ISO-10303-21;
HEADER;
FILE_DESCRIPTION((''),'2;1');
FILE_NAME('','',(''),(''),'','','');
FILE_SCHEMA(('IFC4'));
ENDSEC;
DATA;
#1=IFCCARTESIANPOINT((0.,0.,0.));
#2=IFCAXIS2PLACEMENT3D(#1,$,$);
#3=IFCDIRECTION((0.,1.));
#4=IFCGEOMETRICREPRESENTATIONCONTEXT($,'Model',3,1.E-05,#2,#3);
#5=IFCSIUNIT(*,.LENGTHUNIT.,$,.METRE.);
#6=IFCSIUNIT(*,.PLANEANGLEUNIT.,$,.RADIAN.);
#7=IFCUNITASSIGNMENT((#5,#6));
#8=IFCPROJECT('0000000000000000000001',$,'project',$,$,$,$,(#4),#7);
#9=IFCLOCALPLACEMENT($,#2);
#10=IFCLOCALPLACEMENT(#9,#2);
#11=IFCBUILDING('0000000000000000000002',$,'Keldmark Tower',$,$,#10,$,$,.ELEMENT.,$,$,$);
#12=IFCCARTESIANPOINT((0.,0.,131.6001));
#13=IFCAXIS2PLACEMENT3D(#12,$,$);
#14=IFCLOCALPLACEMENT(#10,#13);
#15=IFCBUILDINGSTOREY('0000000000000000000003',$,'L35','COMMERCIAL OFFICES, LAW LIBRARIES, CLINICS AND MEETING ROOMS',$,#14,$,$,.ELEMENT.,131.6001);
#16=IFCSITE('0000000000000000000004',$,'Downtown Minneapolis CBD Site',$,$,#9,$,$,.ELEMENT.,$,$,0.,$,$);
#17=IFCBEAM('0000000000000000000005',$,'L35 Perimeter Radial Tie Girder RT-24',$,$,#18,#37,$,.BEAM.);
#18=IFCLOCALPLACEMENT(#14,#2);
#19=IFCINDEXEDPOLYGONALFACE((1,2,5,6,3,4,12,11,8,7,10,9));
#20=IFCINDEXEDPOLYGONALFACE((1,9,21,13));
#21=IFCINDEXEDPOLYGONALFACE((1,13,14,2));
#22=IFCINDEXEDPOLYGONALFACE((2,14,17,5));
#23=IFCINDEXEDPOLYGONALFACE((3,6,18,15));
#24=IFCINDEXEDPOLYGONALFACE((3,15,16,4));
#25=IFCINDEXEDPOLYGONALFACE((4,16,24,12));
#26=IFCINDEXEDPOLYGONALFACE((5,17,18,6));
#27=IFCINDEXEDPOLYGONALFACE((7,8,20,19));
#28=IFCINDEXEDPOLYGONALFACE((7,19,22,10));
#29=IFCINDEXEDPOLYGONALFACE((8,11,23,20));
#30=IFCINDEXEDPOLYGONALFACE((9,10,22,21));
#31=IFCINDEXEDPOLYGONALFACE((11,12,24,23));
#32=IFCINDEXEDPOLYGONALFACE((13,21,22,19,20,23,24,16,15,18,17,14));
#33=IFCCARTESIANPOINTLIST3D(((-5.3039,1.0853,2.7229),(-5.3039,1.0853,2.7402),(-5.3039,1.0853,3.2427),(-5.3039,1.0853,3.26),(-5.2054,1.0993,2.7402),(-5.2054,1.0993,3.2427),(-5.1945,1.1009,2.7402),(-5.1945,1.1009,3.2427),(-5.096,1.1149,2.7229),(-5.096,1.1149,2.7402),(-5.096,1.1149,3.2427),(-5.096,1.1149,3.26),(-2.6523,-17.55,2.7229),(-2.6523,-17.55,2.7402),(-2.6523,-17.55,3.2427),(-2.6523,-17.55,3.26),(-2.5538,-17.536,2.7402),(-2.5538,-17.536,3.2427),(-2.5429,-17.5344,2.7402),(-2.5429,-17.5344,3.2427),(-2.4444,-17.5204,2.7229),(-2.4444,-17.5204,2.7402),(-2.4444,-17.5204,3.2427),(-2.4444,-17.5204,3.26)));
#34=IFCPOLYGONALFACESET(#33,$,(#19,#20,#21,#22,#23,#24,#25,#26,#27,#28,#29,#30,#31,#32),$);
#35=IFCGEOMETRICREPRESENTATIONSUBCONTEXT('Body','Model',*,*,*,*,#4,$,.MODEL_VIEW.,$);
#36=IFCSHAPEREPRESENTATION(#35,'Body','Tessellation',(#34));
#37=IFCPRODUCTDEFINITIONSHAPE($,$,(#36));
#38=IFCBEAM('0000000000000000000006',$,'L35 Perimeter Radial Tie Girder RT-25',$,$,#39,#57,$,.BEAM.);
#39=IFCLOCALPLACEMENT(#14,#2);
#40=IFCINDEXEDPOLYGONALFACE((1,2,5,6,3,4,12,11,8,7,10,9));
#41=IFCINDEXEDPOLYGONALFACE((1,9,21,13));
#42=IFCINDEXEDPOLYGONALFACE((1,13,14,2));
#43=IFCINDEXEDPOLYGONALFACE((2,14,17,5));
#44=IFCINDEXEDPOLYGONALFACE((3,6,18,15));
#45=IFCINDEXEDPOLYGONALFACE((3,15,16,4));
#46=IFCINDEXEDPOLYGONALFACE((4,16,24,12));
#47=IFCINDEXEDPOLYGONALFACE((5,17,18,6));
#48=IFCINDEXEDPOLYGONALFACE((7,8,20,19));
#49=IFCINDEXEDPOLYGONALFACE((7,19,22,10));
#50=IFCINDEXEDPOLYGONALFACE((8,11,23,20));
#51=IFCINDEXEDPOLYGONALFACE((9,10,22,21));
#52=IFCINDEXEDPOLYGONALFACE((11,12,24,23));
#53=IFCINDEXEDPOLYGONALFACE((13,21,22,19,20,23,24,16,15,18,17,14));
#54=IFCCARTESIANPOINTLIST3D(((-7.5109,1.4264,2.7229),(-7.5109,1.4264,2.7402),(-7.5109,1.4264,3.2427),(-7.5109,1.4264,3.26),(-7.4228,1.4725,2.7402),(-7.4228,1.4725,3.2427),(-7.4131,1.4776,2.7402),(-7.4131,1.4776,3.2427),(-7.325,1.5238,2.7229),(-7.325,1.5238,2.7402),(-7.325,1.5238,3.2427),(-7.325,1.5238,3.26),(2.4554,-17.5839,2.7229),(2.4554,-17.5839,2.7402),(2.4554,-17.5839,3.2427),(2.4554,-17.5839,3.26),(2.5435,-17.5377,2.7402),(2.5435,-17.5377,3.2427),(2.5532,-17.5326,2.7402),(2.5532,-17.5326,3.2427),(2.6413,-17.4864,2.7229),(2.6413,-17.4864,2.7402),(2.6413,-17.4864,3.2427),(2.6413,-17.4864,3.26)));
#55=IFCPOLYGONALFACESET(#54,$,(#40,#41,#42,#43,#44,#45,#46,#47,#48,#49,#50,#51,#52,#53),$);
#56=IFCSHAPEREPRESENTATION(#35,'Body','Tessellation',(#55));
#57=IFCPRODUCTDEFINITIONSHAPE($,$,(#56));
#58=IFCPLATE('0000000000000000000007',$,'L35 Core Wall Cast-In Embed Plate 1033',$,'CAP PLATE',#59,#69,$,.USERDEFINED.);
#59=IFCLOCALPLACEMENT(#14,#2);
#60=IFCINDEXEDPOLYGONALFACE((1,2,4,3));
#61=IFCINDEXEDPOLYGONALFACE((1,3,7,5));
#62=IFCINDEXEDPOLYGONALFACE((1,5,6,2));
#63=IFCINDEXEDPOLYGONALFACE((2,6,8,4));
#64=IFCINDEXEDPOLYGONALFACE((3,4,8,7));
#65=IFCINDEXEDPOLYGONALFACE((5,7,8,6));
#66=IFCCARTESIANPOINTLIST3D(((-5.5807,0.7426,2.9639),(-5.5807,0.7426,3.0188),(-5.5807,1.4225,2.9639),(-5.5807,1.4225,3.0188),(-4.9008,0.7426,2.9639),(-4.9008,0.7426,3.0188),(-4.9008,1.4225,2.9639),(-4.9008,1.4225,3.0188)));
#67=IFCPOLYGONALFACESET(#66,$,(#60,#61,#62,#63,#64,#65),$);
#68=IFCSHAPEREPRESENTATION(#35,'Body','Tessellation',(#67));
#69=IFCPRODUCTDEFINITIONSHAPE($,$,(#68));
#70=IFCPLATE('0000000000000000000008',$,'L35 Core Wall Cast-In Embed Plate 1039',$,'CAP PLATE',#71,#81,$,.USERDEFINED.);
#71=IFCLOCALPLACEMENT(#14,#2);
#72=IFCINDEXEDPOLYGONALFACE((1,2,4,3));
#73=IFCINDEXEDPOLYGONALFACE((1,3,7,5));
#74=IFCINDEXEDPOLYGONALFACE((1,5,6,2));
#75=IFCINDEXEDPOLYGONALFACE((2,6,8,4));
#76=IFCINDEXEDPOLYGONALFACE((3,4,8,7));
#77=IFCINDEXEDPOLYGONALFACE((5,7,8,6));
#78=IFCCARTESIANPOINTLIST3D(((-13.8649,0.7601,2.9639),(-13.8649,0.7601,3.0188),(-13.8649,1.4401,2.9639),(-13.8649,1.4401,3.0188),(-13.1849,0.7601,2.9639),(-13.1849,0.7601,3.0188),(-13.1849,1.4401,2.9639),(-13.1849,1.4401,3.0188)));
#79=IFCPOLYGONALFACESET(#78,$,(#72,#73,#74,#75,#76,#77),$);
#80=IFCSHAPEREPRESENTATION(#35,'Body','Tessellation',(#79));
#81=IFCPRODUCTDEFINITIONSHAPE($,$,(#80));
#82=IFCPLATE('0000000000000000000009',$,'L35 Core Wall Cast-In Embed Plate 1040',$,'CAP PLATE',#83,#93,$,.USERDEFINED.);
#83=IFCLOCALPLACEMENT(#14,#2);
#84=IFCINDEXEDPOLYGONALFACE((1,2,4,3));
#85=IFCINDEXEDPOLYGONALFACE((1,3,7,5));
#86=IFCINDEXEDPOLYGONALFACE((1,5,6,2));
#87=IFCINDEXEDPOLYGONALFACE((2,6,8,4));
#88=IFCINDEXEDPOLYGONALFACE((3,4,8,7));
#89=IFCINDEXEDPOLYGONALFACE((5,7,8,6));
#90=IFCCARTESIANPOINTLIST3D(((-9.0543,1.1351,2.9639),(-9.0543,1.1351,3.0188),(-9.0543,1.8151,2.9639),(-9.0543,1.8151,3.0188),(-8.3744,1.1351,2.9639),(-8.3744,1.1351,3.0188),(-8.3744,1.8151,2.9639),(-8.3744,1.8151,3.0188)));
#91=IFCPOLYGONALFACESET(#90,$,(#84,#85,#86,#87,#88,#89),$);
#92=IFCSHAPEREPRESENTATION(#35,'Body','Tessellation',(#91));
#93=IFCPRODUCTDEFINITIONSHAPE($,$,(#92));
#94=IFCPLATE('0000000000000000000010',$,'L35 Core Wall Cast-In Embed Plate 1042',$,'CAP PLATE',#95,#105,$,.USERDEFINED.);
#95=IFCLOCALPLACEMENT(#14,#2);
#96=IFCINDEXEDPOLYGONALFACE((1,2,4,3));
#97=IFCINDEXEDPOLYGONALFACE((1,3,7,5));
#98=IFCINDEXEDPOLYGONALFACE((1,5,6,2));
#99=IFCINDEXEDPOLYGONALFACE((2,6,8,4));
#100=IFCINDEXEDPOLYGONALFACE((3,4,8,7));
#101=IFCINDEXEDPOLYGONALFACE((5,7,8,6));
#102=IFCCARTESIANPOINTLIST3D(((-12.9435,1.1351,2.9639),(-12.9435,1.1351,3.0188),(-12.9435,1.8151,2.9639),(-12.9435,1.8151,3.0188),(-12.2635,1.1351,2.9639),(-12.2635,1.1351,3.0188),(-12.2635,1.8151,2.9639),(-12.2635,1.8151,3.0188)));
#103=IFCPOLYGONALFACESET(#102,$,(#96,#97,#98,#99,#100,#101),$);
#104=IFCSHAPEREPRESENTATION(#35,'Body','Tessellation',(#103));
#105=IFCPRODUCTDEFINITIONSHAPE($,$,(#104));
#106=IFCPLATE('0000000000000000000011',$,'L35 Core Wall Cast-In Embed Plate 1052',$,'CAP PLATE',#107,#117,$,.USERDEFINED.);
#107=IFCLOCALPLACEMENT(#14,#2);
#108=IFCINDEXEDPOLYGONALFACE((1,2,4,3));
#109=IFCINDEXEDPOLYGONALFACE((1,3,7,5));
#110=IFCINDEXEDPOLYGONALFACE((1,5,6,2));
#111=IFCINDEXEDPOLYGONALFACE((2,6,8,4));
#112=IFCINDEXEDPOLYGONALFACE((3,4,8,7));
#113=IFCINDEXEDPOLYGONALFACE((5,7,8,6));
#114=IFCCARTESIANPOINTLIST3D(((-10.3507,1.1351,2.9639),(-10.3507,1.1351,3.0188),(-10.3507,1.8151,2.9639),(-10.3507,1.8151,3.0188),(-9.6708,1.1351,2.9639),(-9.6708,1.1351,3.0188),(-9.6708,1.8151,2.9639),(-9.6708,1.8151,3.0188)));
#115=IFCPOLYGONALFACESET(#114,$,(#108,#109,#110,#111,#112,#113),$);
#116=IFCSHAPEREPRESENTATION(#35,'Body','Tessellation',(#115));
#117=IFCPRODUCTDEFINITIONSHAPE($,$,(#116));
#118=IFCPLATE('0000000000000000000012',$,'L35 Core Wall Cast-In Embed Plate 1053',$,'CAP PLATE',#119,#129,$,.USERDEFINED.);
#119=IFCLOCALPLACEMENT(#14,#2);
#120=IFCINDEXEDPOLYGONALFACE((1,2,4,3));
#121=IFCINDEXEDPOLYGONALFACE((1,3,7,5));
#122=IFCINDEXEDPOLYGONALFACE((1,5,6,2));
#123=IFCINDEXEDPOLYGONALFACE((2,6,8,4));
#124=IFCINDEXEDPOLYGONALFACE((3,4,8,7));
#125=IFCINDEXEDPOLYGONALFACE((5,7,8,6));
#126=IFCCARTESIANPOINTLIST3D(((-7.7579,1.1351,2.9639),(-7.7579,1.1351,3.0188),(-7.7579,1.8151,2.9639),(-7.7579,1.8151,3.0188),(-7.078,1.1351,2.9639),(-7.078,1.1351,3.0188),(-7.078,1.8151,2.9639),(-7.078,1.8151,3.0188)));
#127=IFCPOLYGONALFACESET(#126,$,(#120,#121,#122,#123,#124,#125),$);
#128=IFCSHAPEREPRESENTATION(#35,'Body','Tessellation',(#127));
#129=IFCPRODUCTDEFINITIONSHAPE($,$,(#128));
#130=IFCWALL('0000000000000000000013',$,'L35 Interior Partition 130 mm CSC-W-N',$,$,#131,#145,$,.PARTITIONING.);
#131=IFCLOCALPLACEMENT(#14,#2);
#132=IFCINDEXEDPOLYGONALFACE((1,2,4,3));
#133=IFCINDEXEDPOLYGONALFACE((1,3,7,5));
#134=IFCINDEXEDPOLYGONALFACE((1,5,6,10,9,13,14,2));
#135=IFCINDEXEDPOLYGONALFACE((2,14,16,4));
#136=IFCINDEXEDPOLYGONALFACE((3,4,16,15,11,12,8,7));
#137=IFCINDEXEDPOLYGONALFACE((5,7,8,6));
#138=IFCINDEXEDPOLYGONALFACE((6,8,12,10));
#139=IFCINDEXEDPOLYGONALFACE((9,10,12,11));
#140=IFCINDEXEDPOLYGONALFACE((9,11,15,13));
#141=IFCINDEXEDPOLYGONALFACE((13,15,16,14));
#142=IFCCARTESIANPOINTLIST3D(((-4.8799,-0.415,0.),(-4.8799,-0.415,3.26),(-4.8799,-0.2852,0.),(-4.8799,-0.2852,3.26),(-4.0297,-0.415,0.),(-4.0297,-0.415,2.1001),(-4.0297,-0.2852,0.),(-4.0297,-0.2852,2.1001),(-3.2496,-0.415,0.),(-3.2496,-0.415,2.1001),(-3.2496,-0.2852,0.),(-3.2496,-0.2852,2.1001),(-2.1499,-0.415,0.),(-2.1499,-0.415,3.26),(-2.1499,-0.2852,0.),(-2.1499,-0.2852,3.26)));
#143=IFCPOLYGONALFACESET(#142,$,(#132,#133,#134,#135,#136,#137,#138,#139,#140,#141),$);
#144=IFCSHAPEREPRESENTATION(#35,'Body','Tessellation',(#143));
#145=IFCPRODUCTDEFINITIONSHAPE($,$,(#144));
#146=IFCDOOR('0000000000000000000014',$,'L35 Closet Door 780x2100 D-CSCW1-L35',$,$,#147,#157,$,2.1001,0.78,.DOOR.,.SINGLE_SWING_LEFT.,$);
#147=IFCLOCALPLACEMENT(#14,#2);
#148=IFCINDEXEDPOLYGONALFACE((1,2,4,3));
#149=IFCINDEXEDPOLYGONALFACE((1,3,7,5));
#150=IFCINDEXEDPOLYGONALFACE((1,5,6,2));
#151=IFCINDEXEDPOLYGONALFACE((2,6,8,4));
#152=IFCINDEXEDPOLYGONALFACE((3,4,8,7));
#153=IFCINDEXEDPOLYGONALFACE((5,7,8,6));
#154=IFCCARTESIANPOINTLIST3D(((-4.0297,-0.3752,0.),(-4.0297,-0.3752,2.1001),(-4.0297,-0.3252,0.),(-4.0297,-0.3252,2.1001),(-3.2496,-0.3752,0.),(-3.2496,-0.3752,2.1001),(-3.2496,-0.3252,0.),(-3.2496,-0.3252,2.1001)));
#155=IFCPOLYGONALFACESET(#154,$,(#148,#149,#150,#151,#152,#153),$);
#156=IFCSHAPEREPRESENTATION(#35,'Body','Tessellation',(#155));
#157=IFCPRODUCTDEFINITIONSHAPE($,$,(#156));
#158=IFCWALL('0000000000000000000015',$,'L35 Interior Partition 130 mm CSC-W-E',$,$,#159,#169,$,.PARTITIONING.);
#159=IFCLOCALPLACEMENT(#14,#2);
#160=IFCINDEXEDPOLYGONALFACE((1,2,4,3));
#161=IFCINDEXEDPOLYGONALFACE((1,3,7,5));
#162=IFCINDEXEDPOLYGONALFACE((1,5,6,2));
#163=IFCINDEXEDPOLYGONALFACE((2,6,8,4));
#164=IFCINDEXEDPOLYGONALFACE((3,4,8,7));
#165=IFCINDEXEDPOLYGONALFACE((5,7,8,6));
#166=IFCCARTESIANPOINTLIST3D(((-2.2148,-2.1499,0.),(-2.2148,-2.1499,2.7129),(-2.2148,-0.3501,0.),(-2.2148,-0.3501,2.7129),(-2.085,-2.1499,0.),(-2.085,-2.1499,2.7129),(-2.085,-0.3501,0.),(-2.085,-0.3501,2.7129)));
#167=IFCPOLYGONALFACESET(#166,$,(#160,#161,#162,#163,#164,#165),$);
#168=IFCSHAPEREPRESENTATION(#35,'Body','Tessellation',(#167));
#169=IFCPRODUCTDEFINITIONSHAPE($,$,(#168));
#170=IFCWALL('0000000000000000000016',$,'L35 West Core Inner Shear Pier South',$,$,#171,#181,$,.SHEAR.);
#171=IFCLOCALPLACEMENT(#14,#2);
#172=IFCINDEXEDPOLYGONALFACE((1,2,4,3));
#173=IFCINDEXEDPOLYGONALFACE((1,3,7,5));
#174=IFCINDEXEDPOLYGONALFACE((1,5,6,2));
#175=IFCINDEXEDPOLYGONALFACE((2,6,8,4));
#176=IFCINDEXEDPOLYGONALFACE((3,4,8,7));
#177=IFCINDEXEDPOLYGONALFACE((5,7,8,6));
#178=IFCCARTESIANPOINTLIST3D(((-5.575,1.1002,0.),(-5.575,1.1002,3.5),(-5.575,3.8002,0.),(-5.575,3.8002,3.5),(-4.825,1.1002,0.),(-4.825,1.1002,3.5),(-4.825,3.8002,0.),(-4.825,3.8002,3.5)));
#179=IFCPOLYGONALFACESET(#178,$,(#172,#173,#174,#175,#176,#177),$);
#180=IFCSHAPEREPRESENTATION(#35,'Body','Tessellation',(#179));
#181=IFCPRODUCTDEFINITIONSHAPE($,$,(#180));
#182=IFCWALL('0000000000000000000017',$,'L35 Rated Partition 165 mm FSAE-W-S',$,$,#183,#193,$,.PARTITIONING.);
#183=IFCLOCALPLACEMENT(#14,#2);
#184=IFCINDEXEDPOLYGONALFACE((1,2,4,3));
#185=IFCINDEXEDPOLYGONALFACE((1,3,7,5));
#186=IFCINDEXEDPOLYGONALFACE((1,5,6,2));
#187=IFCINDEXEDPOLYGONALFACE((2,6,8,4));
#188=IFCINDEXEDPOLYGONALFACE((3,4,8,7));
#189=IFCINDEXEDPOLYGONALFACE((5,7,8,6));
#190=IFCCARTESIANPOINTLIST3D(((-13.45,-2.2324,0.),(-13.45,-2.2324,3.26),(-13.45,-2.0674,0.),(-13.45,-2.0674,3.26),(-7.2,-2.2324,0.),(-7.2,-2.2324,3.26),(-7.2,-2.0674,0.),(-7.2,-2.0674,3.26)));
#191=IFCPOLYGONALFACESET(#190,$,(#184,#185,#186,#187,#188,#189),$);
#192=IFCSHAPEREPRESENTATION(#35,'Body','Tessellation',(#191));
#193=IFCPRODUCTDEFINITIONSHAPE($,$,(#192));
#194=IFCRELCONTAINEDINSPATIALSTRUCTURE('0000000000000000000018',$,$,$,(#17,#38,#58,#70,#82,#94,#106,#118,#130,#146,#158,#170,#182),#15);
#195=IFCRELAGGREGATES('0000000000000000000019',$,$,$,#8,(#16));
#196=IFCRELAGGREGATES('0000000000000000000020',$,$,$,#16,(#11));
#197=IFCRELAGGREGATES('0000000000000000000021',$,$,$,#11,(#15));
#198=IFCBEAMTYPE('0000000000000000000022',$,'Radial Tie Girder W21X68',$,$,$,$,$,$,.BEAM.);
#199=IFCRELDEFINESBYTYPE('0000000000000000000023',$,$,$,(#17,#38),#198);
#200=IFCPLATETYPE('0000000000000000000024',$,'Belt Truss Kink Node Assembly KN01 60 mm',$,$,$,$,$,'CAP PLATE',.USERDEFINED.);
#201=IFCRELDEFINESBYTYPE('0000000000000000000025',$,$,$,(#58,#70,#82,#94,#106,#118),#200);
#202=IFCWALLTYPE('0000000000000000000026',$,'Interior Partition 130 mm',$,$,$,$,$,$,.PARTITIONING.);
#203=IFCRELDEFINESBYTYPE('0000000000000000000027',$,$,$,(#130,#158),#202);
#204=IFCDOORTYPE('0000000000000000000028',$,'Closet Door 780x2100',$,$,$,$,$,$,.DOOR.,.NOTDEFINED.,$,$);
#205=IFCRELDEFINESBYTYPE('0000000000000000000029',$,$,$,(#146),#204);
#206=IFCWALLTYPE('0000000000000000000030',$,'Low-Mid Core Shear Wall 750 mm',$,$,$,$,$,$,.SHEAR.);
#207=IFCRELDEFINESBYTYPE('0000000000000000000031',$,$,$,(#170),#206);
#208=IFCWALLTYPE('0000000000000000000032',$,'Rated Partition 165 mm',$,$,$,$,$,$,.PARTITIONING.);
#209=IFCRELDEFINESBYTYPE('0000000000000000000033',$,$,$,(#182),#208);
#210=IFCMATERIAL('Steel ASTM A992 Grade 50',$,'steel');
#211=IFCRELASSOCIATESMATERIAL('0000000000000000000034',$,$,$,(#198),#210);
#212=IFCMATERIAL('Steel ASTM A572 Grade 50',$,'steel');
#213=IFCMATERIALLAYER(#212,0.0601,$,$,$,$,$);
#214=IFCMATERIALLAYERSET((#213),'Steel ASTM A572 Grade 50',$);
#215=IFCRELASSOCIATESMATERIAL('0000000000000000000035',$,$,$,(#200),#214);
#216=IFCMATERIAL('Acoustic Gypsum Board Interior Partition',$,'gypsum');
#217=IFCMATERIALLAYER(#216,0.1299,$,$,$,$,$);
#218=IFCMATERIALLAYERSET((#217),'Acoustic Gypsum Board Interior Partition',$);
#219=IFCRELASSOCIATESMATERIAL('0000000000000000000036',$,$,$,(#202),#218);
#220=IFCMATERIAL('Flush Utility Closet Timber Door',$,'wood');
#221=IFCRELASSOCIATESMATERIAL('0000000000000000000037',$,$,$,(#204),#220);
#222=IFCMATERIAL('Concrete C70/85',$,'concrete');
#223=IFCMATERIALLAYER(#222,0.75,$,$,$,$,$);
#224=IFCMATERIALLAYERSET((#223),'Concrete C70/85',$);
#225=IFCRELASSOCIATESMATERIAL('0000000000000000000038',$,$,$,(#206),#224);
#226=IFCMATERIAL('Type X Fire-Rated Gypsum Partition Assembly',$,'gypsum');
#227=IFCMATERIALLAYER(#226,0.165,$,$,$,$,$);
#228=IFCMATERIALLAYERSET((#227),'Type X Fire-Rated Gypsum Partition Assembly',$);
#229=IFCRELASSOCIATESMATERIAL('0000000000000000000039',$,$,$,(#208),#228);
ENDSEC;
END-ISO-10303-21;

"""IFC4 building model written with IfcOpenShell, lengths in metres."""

from ifc_helpers import new_model, si_unit, direction, frame, frame_2d, origin, origin_2d, place, context, subcontext, project, spatial, rectangle, i_section, extrude, material, layer, layer_set, material_profile, profile_set, type_object, element, fill, save


model = new_model("IFC4")

# Units and contexts
model_context = context("Model", 3, precision=1e-05, world=origin(), true_north=direction((0.0, 1.0)))
body_context = subcontext(model_context, "Body", "Model", "MODEL_VIEW")
ifc_project = project(units=[si_unit("LENGTHUNIT", "METRE"), si_unit("PLANEANGLEUNIT", "RADIAN")], contexts=[model_context])

# Site, building, storey
site_placement = place(None, origin())
site = spatial("IfcSite", under=ifc_project, at=site_placement, Name="Downtown Minneapolis CBD Site", CompositionType="ELEMENT", RefElevation=0.0)
building_placement = place(site_placement, origin())
building = spatial("IfcBuilding", under=site, at=building_placement, Name="Keldmark Tower", CompositionType="ELEMENT")
storey_placement = place(building_placement, frame((0.0, 0.0, 131.6001)))
storey = spatial("IfcBuildingStorey", under=building, at=storey_placement, Name="L35", Description="COMMERCIAL OFFICES, LAW LIBRARIES, CLINICS AND MEETING ROOMS", CompositionType="ELEMENT", Elevation=131.6001)

# Beams
ifc_material_1 = material(Name="Steel ASTM A992 Grade 50", Category="steel")
ifc_material_profile_1 = material_profile(ifc_material_1, i_section(OverallWidth=0.21, OverallDepth=0.5371, WebThickness=0.011, FlangeThickness=0.0173, at=origin_2d()), Name="W21X68")
ifc_profile_set_1 = profile_set([ifc_material_profile_1], Name="Steel ASTM A992 Grade 50")
beam_type_1 = type_object("IfcBeamType", Name="Radial Tie Girder W21X68", PredefinedType="BEAM", material=ifc_profile_set_1)
beam_1_placement = place(storey_placement, frame((-5.2, 1.1001, 2.9915), z_axis=(0.140871, -0.990028, 0.0), x_axis=(0.990028, 0.140871, 0.0)))
element("IfcBeam", 1, at=beam_1_placement, inside=storey, type_object=beam_type_1, Name="L35 Perimeter Radial Tie Girder RT-24", PredefinedType="BEAM", context=body_context, shape_type="SweptSolid", body=[
    extrude(i_section(OverallWidth=0.21, OverallDepth=0.5371, WebThickness=0.011, FlangeThickness=0.0173, at=origin_2d()), origin(), (0.0, 0.0, 1.0), 18.823),
])
beam_2_placement = place(storey_placement, frame((-7.418, 1.4751, 2.9915), z_axis=(0.46432, -0.885668, 0.0), x_axis=(0.885668, 0.46432, 0.0)))
element("IfcBeam", 2, at=beam_2_placement, inside=storey, type_object=beam_type_1, Name="L35 Perimeter Radial Tie Girder RT-25", PredefinedType="BEAM", context=body_context, shape_type="SweptSolid", body=[
    extrude(i_section(OverallWidth=0.21, OverallDepth=0.5371, WebThickness=0.011, FlangeThickness=0.0173, at=origin_2d()), origin(), (0.0, 0.0, 1.0), 21.4644),
])

# Plates
ifc_material_2 = material(Name="Steel ASTM A572 Grade 50", Category="steel")
ifc_layer_1 = layer(ifc_material_2, 0.0601)
ifc_layer_set_1 = layer_set([ifc_layer_1], Name="Steel ASTM A572 Grade 50")
plate_type = type_object("IfcPlateType", Name="Belt Truss Kink Node Assembly KN01 60 mm", ElementType="CAP PLATE", PredefinedType="USERDEFINED", material=ifc_layer_set_1)
for number, where, z_axis, x_axis, name in (
    (3, (-5.2407, 1.0825, 2.9639), (0.0, 0.0, 1.0), (1.0, 0.0, 0.0), "L35 Core Wall Cast-In Embed Plate 1033"),
    (4, (-13.5249, 1.1001, 2.9639), (0.0, 0.0, 1.0), (1.0, 0.0, 0.0), "L35 Core Wall Cast-In Embed Plate 1039"),
    (5, (-8.7144, 1.4751, 2.9639), (0.0, 0.0, 1.0), (1.0, 0.0, 0.0), "L35 Core Wall Cast-In Embed Plate 1040"),
    (6, (-12.6035, 1.4751, 2.9639), (0.0, 0.0, 1.0), (1.0, 0.0, 0.0), "L35 Core Wall Cast-In Embed Plate 1042"),
    (7, (-10.0107, 1.4751, 2.9639), (0.0, 0.0, 1.0), (1.0, 0.0, 0.0), "L35 Core Wall Cast-In Embed Plate 1052"),
    (8, (-7.418, 1.4751, 2.9639), (0.0, 0.0, 1.0), (1.0, 0.0, 0.0), "L35 Core Wall Cast-In Embed Plate 1053"),
):
    element("IfcPlate", number, at=place(storey_placement, frame(where, z_axis=z_axis, x_axis=x_axis)), inside=storey, type_object=plate_type, Name=name, ObjectType="CAP PLATE", PredefinedType="USERDEFINED", context=body_context, shape_type="SweptSolid", body=[
        extrude(rectangle(XDim=0.6799, YDim=0.6799, at=origin_2d()), origin(), (0.0, 0.0, 1.0), 0.0549),
    ])

# Wall, opening, door
ifc_material_3 = material(Name="Acoustic Gypsum Board Interior Partition", Category="gypsum")
ifc_layer_2 = layer(ifc_material_3, 0.1299)
ifc_layer_set_2 = layer_set([ifc_layer_2], Name="Acoustic Gypsum Board Interior Partition")
wall_type_1 = type_object("IfcWallType", Name="Interior Partition 130 mm", PredefinedType="PARTITIONING", material=ifc_layer_set_2)
wall_1_placement = place(storey_placement, frame((-4.8799, -0.3501, 0.0), z_axis=(0.0, 0.0, 1.0), x_axis=(1.0, 0.0, 0.0)))
wall_1 = element("IfcWall", 9, at=wall_1_placement, inside=storey, type_object=wall_type_1, Name="L35 Interior Partition 130 mm CSC-W-N", PredefinedType="PARTITIONING", context=body_context, shape_type="SweptSolid", body=[
    extrude(rectangle(XDim=2.73, YDim=0.1299, at=frame_2d((1.365, 0.0))), origin(), (0.0, 0.0, 1.0), 3.26),
])
opening_1_placement = place(wall_1_placement, frame((0.8501, 0.0, 0.0)))
opening_1 = element("IfcOpeningElement", 10, at=opening_1_placement, cuts=wall_1, PredefinedType="OPENING", context=body_context, shape_type="SweptSolid", body=[
    extrude(rectangle(XDim=0.78, YDim=2.1001, at=frame_2d((0.3901, 1.05))), frame((0.0, 0.075, 0.0), z_axis=(0.0, -1.0, 0.0), x_axis=(1.0, 0.0, 0.0)), (0.0, 0.0, 1.0), 0.1499),
])
ifc_material_4 = material(Name="Flush Utility Closet Timber Door", Category="wood")
door_type_1 = type_object("IfcDoorType", Name="Closet Door 780x2100", OperationType="NOTDEFINED", PredefinedType="DOOR", material=ifc_material_4)
door_1_placement = place(opening_1_placement, origin())
door_1 = element("IfcDoor", 11, at=door_1_placement, inside=storey, type_object=door_type_1, Name="L35 Closet Door 780x2100 D-CSCW1-L35", OperationType="SINGLE_SWING_LEFT", OverallHeight=2.1001, OverallWidth=0.78, PredefinedType="DOOR", context=body_context, shape_type="SweptSolid", body=[
    extrude(rectangle(XDim=0.78, YDim=2.1001, at=frame_2d((0.3901, 1.05))), frame((0.0, 0.0249, 0.0), z_axis=(0.0, -1.0, 0.0), x_axis=(1.0, 0.0, 0.0)), (0.0, 0.0, 1.0), 0.05),
])
fill(opening_1, door_1)

# Walls
wall_2_placement = place(storey_placement, frame((-2.1499, -2.1499, 0.0), z_axis=(0.0, 0.0, 1.0), x_axis=(0.0, 1.0, 0.0)))
element("IfcWall", 12, at=wall_2_placement, inside=storey, type_object=wall_type_1, Name="L35 Interior Partition 130 mm CSC-W-E", PredefinedType="PARTITIONING", context=body_context, shape_type="SweptSolid", body=[
    extrude(rectangle(XDim=1.7998, YDim=0.1299, at=frame_2d((0.8999, 0.0))), origin(), (0.0, 0.0, 1.0), 2.7129),
])
ifc_material_5 = material(Name="Concrete C70/85", Category="concrete")
ifc_layer_3 = layer(ifc_material_5, 0.75)
ifc_layer_set_3 = layer_set([ifc_layer_3], Name="Concrete C70/85")
wall_type_2 = type_object("IfcWallType", Name="Low-Mid Core Shear Wall 750 mm", PredefinedType="SHEAR", material=ifc_layer_set_3)
wall_3_placement = place(storey_placement, frame((-5.2, 1.1001, 0.0), z_axis=(0.0, 0.0, 1.0), x_axis=(0.0, 1.0, 0.0)))
element("IfcWall", 13, at=wall_3_placement, inside=storey, type_object=wall_type_2, Name="L35 West Core Inner Shear Pier South", PredefinedType="SHEAR", context=body_context, shape_type="SweptSolid", body=[
    extrude(rectangle(XDim=2.7, YDim=0.75, at=frame_2d((1.3501, 0.0))), origin(), (0.0, 0.0, 1.0), 3.5),
])
ifc_material_6 = material(Name="Type X Fire-Rated Gypsum Partition Assembly", Category="gypsum")
ifc_layer_4 = layer(ifc_material_6, 0.165)
ifc_layer_set_4 = layer_set([ifc_layer_4], Name="Type X Fire-Rated Gypsum Partition Assembly")
wall_type_3 = type_object("IfcWallType", Name="Rated Partition 165 mm", PredefinedType="PARTITIONING", material=ifc_layer_set_4)
wall_4_placement = place(storey_placement, frame((-13.45, -2.1499, 0.0), z_axis=(0.0, 0.0, 1.0), x_axis=(1.0, 0.0, 0.0)))
element("IfcWall", 14, at=wall_4_placement, inside=storey, type_object=wall_type_3, Name="L35 Rated Partition 165 mm FSAE-W-S", PredefinedType="PARTITIONING", context=body_context, shape_type="SweptSolid", body=[
    extrude(rectangle(XDim=6.25, YDim=0.165, at=frame_2d((3.125, 0.0))), origin(), (0.0, 0.0, 1.0), 3.26),
])

save(model, "model.ifc")
